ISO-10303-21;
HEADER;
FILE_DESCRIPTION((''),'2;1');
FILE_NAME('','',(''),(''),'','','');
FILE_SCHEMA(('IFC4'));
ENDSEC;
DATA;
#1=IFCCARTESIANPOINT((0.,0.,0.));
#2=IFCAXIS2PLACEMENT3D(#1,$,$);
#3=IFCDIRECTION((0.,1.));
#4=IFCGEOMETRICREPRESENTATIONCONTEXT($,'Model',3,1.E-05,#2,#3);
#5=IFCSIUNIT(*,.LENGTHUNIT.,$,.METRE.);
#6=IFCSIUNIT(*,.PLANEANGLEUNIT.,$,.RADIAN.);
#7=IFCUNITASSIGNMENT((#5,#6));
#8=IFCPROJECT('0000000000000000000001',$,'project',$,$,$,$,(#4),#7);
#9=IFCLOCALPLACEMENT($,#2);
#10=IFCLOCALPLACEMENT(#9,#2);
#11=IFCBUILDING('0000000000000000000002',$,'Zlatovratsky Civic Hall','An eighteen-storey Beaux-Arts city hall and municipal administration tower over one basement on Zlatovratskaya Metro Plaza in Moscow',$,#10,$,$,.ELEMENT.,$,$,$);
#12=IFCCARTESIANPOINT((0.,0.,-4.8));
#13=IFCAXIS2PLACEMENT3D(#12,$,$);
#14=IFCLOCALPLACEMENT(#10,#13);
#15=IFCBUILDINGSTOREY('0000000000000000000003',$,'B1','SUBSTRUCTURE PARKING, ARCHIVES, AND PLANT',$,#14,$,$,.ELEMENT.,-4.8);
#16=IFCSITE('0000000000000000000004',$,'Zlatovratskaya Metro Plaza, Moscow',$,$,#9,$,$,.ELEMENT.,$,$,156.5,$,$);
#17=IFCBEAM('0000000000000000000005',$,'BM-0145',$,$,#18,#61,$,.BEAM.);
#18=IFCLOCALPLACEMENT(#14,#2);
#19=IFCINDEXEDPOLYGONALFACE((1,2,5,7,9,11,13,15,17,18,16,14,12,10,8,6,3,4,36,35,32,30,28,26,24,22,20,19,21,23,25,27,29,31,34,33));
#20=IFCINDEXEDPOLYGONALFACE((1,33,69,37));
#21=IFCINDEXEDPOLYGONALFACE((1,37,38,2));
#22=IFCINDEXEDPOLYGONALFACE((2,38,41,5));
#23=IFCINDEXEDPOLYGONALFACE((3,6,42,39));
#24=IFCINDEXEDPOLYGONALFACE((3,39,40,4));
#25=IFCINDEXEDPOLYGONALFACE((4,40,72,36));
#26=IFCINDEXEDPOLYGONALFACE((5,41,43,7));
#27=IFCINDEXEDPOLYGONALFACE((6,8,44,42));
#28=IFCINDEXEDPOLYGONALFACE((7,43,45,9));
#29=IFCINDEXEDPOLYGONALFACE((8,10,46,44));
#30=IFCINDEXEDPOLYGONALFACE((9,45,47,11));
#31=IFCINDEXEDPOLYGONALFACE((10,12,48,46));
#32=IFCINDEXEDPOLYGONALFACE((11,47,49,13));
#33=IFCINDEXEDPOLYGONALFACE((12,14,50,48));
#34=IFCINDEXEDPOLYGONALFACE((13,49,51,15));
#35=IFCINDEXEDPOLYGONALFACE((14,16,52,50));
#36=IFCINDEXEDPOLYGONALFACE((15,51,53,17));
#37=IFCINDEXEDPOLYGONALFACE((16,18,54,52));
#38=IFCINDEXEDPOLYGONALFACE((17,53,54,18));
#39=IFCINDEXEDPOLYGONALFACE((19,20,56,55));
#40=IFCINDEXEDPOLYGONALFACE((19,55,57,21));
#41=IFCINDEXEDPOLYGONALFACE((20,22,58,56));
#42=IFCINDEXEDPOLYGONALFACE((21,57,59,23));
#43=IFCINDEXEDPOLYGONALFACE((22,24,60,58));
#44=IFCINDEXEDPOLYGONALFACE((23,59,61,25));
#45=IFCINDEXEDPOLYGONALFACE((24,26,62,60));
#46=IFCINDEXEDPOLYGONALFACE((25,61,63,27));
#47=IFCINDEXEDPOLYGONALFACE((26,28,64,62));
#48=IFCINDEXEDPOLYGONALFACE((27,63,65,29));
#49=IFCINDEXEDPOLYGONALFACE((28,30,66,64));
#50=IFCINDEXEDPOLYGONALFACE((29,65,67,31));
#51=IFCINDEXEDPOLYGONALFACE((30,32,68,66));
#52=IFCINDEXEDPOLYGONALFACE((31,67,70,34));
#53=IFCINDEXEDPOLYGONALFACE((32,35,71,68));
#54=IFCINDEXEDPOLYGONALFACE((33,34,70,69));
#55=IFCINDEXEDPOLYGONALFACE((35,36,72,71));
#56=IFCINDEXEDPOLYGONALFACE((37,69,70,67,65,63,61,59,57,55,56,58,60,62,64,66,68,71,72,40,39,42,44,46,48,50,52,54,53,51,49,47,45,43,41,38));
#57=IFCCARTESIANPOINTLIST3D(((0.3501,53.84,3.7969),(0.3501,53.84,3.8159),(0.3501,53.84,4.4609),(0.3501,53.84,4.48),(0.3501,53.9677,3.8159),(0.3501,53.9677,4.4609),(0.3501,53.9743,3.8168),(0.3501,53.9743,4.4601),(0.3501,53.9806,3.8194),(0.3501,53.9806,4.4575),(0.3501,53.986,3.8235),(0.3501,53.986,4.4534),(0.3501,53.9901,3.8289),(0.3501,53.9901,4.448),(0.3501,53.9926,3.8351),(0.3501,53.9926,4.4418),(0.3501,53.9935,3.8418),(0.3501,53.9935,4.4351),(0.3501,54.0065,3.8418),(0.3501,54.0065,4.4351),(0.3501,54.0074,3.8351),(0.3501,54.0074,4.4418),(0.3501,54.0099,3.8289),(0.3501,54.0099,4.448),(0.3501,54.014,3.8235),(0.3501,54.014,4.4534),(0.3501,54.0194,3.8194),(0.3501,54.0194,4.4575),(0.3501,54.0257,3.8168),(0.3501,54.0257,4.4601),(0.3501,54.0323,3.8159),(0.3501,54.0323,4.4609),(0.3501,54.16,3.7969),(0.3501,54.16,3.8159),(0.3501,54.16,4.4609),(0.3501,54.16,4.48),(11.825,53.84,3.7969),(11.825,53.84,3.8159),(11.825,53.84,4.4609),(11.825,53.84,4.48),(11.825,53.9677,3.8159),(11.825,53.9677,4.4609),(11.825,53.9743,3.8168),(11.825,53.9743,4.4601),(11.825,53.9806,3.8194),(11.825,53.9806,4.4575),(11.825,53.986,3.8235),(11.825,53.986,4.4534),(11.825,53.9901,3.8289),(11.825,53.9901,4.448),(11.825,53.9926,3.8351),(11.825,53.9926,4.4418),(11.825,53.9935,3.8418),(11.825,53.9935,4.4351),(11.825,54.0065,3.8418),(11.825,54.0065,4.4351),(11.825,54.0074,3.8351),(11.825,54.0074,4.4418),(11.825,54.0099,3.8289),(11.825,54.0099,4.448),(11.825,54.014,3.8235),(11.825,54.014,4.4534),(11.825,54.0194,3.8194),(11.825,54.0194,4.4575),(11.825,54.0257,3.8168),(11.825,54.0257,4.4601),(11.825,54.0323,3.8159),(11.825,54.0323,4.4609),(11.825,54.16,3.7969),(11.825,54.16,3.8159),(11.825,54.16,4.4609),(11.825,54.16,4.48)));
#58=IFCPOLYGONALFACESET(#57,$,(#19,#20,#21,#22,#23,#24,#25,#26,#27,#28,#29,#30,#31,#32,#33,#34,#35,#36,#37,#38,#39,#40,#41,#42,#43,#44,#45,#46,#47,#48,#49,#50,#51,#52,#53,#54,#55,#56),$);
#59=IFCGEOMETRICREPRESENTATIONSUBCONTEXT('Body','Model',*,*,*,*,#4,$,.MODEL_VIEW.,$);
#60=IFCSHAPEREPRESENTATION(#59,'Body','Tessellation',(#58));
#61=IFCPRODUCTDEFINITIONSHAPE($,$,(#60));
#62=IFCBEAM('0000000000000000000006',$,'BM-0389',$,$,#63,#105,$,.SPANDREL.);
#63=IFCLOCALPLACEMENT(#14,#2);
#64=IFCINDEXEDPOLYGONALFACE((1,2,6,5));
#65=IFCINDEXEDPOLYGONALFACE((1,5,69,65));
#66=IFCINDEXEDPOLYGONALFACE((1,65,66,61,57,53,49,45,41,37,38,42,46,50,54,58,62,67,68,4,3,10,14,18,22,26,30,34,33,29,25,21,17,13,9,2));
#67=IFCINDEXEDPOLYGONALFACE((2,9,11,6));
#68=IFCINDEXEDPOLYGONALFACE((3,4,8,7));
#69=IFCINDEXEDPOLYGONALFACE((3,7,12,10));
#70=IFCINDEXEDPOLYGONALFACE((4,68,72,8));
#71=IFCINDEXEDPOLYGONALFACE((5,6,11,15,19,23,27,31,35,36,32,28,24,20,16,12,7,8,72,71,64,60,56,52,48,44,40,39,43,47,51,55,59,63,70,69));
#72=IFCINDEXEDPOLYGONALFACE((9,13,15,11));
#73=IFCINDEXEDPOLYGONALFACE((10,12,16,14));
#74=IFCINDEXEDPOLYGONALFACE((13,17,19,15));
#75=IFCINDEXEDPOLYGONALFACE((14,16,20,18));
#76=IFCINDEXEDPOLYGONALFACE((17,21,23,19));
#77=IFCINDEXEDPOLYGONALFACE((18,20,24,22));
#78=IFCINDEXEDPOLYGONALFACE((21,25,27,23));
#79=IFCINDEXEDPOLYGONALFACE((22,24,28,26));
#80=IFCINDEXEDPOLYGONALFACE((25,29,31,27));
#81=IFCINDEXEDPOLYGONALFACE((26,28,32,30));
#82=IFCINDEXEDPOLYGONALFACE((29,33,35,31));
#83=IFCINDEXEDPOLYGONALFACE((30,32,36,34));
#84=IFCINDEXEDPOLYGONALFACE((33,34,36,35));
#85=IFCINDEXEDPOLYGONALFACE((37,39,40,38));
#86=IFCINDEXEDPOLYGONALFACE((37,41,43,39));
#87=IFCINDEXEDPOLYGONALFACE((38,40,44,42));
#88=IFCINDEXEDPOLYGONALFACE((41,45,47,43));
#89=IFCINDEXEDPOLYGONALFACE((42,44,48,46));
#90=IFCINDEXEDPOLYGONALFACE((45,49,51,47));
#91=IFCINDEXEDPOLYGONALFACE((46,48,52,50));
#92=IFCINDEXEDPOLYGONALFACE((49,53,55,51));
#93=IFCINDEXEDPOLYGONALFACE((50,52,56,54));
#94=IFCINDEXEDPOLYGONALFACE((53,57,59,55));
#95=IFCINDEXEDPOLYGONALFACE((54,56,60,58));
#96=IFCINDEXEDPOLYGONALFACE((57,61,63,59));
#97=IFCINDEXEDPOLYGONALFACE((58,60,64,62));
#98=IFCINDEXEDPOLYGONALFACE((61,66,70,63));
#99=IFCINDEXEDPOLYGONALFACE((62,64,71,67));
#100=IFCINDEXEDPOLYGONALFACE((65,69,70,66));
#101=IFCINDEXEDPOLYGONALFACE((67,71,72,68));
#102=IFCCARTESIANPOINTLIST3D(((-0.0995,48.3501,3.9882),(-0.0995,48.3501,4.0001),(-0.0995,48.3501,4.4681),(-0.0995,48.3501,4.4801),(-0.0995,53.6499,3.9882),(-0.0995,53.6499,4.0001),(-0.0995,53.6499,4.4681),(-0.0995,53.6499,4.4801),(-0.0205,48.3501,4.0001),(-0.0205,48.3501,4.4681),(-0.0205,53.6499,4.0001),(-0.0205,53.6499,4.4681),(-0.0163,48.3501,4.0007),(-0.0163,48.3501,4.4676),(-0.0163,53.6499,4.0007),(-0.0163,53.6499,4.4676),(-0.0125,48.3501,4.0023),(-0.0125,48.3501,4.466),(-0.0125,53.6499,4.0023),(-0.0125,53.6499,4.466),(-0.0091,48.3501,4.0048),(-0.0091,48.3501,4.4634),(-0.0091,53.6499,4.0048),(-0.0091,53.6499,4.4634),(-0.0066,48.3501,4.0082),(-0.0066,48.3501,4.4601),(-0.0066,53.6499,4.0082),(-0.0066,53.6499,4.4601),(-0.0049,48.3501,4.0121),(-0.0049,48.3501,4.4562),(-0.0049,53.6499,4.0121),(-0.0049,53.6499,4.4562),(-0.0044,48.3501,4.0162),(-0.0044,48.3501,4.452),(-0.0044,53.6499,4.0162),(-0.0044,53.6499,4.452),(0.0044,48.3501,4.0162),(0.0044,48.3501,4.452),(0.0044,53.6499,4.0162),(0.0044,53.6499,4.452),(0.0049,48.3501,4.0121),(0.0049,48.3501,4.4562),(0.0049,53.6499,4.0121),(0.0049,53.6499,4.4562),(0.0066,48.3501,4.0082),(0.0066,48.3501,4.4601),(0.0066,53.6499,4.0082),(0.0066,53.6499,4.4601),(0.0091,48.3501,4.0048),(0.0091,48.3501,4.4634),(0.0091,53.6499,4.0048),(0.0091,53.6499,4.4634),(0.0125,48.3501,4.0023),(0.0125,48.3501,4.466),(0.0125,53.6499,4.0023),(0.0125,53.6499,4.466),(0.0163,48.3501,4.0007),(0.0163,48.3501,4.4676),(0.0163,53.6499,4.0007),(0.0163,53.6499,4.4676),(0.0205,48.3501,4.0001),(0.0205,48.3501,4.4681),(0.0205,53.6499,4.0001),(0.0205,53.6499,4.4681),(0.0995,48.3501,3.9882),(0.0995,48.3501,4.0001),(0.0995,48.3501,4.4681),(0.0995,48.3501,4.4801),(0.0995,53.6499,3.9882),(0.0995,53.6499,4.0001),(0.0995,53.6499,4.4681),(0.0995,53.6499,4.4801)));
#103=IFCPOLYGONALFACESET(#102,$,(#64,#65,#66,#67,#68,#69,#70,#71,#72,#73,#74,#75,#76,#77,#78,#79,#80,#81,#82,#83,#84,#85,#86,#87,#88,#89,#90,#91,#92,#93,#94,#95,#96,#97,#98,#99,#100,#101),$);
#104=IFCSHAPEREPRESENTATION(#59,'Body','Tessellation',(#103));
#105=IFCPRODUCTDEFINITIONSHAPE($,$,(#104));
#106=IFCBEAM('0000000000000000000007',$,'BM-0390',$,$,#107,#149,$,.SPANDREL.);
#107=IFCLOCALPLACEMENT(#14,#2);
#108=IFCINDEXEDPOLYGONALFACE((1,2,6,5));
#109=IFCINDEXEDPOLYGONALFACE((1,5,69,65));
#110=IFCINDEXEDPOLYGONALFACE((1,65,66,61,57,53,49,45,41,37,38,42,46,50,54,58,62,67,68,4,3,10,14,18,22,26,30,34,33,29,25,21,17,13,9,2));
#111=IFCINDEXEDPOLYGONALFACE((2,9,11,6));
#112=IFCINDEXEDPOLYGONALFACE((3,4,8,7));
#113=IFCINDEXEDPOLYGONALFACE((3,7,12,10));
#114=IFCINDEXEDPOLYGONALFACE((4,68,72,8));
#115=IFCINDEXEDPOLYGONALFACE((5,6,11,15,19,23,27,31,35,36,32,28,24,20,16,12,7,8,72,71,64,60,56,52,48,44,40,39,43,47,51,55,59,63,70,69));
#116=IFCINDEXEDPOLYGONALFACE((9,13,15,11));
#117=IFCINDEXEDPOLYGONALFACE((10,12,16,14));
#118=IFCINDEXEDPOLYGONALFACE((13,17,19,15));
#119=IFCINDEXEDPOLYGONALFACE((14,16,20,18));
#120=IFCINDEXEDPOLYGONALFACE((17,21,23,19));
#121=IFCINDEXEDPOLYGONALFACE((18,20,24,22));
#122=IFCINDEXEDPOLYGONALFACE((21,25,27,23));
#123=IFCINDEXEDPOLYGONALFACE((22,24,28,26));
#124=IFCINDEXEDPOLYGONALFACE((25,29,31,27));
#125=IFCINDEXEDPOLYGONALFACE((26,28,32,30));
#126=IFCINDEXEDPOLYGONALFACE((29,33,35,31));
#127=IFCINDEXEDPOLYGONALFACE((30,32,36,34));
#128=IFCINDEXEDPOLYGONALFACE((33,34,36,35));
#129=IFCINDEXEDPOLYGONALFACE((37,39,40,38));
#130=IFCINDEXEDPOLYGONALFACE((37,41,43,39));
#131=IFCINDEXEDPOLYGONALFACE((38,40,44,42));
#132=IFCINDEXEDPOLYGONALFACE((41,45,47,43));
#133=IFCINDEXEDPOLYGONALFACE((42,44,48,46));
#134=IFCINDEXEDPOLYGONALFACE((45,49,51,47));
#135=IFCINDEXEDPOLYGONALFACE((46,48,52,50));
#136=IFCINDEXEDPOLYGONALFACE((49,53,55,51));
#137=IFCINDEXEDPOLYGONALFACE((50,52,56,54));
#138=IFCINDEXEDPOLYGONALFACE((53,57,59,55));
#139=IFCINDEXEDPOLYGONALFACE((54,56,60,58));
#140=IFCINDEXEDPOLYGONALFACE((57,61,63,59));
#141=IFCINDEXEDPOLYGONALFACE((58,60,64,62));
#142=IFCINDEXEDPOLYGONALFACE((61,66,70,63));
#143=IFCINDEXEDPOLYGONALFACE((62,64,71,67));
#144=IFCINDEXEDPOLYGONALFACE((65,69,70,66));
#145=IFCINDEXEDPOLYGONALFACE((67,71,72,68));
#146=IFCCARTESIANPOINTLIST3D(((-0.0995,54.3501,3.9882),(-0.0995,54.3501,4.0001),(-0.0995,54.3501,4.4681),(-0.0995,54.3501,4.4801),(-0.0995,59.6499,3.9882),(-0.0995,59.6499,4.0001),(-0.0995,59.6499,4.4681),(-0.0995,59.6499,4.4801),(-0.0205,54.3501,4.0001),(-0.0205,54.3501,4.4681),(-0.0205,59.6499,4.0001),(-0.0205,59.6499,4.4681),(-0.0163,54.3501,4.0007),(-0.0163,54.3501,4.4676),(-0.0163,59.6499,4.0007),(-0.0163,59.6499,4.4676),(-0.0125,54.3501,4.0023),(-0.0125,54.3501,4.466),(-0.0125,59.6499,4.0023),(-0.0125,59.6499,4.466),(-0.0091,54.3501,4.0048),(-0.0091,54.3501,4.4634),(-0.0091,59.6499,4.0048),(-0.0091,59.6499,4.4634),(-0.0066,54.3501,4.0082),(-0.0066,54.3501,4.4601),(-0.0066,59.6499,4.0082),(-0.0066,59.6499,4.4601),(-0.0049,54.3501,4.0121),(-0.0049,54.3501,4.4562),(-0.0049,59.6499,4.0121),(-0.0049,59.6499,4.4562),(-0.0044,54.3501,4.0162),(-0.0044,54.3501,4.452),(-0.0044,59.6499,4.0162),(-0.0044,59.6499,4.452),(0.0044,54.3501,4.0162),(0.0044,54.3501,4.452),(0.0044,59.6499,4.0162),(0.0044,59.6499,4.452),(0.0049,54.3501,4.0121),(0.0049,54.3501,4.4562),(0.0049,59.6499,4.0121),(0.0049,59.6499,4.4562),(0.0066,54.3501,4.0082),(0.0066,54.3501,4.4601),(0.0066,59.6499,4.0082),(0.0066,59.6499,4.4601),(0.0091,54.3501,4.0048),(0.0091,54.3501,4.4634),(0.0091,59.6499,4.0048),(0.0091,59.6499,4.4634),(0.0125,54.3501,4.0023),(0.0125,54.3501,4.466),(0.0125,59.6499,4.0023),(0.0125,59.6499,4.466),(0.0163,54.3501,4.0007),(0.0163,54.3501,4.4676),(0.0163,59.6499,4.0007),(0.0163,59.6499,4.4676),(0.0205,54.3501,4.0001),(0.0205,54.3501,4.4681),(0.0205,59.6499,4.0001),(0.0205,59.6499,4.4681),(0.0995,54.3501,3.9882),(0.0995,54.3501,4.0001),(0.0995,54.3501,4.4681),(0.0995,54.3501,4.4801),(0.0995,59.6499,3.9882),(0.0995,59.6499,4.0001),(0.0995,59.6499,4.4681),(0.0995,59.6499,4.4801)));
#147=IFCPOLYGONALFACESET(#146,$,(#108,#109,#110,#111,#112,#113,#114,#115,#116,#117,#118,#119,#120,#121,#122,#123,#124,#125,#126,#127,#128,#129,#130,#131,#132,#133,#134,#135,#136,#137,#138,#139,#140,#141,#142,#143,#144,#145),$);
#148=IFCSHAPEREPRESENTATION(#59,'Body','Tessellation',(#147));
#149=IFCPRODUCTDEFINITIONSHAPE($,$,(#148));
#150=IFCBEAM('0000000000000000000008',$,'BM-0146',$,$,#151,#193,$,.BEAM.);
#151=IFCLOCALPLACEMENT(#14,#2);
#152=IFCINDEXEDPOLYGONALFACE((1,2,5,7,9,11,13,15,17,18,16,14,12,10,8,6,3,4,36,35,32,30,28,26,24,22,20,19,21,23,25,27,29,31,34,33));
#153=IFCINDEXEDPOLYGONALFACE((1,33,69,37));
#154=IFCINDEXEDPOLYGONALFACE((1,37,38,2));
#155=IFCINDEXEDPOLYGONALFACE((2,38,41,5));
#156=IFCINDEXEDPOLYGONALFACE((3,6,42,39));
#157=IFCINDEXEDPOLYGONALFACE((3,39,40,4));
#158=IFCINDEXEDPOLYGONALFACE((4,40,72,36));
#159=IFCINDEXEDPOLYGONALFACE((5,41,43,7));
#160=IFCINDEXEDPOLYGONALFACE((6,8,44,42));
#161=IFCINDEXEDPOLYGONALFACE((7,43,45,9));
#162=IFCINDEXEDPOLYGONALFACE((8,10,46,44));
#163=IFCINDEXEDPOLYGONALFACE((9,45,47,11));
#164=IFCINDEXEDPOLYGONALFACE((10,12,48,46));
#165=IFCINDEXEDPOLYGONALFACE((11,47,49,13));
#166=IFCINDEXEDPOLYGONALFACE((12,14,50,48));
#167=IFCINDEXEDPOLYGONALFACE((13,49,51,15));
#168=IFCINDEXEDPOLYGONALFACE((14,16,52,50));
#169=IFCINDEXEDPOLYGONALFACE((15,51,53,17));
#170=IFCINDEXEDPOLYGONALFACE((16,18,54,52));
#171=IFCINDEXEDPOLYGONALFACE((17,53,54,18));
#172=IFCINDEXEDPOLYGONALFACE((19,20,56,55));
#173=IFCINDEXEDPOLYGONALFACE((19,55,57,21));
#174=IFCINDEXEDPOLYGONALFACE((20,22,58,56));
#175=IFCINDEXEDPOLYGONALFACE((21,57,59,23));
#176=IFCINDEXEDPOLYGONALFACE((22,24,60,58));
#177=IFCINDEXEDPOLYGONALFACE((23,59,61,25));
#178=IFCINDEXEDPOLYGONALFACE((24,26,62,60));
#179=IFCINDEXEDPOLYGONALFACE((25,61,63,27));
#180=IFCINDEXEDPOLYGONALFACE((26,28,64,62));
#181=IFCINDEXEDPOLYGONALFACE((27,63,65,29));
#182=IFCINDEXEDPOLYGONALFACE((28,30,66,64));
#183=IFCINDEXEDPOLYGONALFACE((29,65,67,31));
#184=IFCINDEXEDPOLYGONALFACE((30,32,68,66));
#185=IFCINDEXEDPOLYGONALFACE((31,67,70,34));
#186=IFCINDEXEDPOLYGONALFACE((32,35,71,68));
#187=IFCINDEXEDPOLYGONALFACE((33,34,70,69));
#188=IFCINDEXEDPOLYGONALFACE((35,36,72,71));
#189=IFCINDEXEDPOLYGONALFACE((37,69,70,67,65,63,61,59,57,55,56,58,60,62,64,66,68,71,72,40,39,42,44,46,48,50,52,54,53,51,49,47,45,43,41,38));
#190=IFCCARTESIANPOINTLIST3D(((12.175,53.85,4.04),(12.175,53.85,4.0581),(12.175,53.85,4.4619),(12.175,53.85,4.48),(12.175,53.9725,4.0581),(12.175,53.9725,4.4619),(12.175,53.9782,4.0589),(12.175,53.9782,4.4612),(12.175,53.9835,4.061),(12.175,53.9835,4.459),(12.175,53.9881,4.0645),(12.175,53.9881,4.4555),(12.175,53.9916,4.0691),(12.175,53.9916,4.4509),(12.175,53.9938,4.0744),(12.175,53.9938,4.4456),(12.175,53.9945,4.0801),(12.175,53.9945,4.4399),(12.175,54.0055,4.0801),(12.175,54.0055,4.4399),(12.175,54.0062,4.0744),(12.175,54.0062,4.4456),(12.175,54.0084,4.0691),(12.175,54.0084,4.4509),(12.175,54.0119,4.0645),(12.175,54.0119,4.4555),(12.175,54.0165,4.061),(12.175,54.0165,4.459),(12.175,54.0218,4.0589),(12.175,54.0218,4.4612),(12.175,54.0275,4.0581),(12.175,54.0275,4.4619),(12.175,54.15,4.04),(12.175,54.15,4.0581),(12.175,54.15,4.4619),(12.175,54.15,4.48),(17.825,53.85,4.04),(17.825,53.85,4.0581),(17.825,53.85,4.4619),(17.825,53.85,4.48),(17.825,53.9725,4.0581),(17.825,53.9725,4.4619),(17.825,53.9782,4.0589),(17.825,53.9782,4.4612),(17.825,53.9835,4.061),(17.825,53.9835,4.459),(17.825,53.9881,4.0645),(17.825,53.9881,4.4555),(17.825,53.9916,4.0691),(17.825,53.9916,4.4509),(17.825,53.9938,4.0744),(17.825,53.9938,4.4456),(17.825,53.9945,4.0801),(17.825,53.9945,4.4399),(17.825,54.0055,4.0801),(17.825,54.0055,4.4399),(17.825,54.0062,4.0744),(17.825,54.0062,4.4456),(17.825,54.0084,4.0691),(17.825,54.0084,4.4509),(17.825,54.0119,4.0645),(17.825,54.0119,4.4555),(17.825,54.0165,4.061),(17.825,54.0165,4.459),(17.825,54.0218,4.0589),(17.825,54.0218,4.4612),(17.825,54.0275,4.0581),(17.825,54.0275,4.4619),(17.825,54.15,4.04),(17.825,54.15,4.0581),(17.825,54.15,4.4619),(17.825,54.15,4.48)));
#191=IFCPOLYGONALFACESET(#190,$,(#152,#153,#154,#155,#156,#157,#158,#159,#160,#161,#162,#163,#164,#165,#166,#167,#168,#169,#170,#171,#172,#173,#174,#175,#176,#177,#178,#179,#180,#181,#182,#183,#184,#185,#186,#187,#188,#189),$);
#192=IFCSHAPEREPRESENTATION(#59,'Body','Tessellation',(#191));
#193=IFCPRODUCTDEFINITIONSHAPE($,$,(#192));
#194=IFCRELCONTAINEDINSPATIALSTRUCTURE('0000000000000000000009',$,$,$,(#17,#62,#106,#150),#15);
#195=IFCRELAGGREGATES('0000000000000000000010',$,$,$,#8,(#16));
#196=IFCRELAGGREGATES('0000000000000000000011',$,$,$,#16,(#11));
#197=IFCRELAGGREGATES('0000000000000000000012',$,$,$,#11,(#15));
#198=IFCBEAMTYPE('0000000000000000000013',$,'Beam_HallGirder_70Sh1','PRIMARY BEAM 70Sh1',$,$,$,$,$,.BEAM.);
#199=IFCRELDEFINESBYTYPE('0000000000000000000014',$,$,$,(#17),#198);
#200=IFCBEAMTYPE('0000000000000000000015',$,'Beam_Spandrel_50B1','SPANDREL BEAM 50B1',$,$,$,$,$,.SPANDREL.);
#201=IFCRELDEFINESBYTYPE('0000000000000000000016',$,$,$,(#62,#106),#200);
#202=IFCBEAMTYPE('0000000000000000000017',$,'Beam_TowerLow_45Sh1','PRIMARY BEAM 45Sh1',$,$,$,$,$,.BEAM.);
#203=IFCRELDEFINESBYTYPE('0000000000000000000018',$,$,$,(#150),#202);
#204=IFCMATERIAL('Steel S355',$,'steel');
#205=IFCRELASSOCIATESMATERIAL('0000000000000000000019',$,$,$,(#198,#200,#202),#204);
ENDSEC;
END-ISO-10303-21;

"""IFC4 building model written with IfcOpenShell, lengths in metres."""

from ifc_helpers import new_model, si_unit, direction, frame, origin, origin_2d, place, context, subcontext, project, spatial, i_section, extrude, material, material_profile, profile_set, type_object, element, save


model = new_model("IFC4")

# Units and contexts
model_context = context("Model", 3, precision=1e-05, world=origin(), true_north=direction((0.0, 1.0)))
body_context = subcontext(model_context, "Body", "Model", "MODEL_VIEW")
ifc_project = project(units=[si_unit("LENGTHUNIT", "METRE"), si_unit("PLANEANGLEUNIT", "RADIAN")], contexts=[model_context])

# Site, building, storey
site_placement = place(None, origin())
site = spatial("IfcSite", under=ifc_project, at=site_placement, Name="Zlatovratskaya Metro Plaza, Moscow", CompositionType="ELEMENT", RefElevation=156.5)
building_placement = place(site_placement, origin())
building = spatial("IfcBuilding", under=site, at=building_placement, Name="Zlatovratsky Civic Hall", Description="An eighteen-storey Beaux-Arts city hall and municipal administration tower over one basement on Zlatovratskaya Metro Plaza in Moscow", CompositionType="ELEMENT")
storey_placement = place(building_placement, frame((0.0, 0.0, -4.8)))
storey = spatial("IfcBuildingStorey", under=building, at=storey_placement, Name="B1", Description="SUBSTRUCTURE PARKING, ARCHIVES, AND PLANT", CompositionType="ELEMENT", Elevation=-4.8)

# Shared definitions
ifc_material_1 = material(Name="Steel S355", Category="steel")

# Beams
ifc_material_profile_1 = material_profile(ifc_material_1, i_section(OverallWidth=0.3201, OverallDepth=0.6831, WebThickness=0.0129, FlangeThickness=0.019, FilletRadius=0.0259, at=origin_2d()), Name="70Sh1")
ifc_profile_set_1 = profile_set([ifc_material_profile_1], Name="Steel S355")
beam_type_1 = type_object("IfcBeamType", Name="Beam_HallGirder_70Sh1", Description="PRIMARY BEAM 70Sh1", PredefinedType="BEAM", material=ifc_profile_set_1)
beam_1_placement = place(storey_placement, frame((0.3501, 54.0, 4.1384), z_axis=(1.0, 0.0, 0.0), x_axis=(0.0, 1.0, 0.0)))
element("IfcBeam", 1, at=beam_1_placement, inside=storey, type_object=beam_type_1, Name="BM-0145", PredefinedType="BEAM", context=body_context, shape_type="SweptSolid", body=[
    extrude(i_section(OverallWidth=0.3201, OverallDepth=0.6831, WebThickness=0.0129, FlangeThickness=0.019, FilletRadius=0.0259, at=origin_2d()), origin(), (0.0, 0.0, 1.0), 11.4749),
])
ifc_material_profile_2 = material_profile(ifc_material_1, i_section(OverallWidth=0.199, OverallDepth=0.4919, WebThickness=0.0088, FlangeThickness=0.012, FilletRadius=0.0161, at=origin_2d()), Name="50B1")
ifc_profile_set_2 = profile_set([ifc_material_profile_2], Name="Steel S355")
beam_type_2 = type_object("IfcBeamType", Name="Beam_Spandrel_50B1", Description="SPANDREL BEAM 50B1", PredefinedType="SPANDREL", material=ifc_profile_set_2)
for number, where, z_axis, x_axis, name in (
    (2, (0.0, 48.3501, 4.2341), (0.0, 1.0, 0.0), (-1.0, 0.0, 0.0), "BM-0389"),
    (3, (0.0, 54.3501, 4.2341), (0.0, 1.0, 0.0), (-1.0, 0.0, 0.0), "BM-0390"),
):
    element("IfcBeam", number, at=place(storey_placement, frame(where, z_axis=z_axis, x_axis=x_axis)), inside=storey, type_object=beam_type_2, Name=name, PredefinedType="SPANDREL", context=body_context, shape_type="SweptSolid", body=[
        extrude(i_section(OverallWidth=0.199, OverallDepth=0.4919, WebThickness=0.0088, FlangeThickness=0.012, FilletRadius=0.0161, at=origin_2d()), origin(), (0.0, 0.0, 1.0), 5.2998),
    ])
ifc_material_profile_3 = material_profile(ifc_material_1, i_section(OverallWidth=0.3, OverallDepth=0.4399, WebThickness=0.011, FlangeThickness=0.0181, FilletRadius=0.022, at=origin_2d()), Name="45Sh1")
ifc_profile_set_3 = profile_set([ifc_material_profile_3], Name="Steel S355")
beam_type_3 = type_object("IfcBeamType", Name="Beam_TowerLow_45Sh1", Description="PRIMARY BEAM 45Sh1", PredefinedType="BEAM", material=ifc_profile_set_3)
for number, where, z_axis, x_axis, name in (
    (4, (12.175, 54.0, 4.26), (1.0, 0.0, 0.0), (0.0, 1.0, 0.0), "BM-0146"),
):
    element("IfcBeam", number, at=place(storey_placement, frame(where, z_axis=z_axis, x_axis=x_axis)), inside=storey, type_object=beam_type_3, Name=name, PredefinedType="BEAM", context=body_context, shape_type="SweptSolid", body=[
        extrude(i_section(OverallWidth=0.3, OverallDepth=0.4399, WebThickness=0.011, FlangeThickness=0.0181, FilletRadius=0.022, at=origin_2d()), origin(), (0.0, 0.0, 1.0), 5.6499),
    ])

save(model, "model.ifc")
